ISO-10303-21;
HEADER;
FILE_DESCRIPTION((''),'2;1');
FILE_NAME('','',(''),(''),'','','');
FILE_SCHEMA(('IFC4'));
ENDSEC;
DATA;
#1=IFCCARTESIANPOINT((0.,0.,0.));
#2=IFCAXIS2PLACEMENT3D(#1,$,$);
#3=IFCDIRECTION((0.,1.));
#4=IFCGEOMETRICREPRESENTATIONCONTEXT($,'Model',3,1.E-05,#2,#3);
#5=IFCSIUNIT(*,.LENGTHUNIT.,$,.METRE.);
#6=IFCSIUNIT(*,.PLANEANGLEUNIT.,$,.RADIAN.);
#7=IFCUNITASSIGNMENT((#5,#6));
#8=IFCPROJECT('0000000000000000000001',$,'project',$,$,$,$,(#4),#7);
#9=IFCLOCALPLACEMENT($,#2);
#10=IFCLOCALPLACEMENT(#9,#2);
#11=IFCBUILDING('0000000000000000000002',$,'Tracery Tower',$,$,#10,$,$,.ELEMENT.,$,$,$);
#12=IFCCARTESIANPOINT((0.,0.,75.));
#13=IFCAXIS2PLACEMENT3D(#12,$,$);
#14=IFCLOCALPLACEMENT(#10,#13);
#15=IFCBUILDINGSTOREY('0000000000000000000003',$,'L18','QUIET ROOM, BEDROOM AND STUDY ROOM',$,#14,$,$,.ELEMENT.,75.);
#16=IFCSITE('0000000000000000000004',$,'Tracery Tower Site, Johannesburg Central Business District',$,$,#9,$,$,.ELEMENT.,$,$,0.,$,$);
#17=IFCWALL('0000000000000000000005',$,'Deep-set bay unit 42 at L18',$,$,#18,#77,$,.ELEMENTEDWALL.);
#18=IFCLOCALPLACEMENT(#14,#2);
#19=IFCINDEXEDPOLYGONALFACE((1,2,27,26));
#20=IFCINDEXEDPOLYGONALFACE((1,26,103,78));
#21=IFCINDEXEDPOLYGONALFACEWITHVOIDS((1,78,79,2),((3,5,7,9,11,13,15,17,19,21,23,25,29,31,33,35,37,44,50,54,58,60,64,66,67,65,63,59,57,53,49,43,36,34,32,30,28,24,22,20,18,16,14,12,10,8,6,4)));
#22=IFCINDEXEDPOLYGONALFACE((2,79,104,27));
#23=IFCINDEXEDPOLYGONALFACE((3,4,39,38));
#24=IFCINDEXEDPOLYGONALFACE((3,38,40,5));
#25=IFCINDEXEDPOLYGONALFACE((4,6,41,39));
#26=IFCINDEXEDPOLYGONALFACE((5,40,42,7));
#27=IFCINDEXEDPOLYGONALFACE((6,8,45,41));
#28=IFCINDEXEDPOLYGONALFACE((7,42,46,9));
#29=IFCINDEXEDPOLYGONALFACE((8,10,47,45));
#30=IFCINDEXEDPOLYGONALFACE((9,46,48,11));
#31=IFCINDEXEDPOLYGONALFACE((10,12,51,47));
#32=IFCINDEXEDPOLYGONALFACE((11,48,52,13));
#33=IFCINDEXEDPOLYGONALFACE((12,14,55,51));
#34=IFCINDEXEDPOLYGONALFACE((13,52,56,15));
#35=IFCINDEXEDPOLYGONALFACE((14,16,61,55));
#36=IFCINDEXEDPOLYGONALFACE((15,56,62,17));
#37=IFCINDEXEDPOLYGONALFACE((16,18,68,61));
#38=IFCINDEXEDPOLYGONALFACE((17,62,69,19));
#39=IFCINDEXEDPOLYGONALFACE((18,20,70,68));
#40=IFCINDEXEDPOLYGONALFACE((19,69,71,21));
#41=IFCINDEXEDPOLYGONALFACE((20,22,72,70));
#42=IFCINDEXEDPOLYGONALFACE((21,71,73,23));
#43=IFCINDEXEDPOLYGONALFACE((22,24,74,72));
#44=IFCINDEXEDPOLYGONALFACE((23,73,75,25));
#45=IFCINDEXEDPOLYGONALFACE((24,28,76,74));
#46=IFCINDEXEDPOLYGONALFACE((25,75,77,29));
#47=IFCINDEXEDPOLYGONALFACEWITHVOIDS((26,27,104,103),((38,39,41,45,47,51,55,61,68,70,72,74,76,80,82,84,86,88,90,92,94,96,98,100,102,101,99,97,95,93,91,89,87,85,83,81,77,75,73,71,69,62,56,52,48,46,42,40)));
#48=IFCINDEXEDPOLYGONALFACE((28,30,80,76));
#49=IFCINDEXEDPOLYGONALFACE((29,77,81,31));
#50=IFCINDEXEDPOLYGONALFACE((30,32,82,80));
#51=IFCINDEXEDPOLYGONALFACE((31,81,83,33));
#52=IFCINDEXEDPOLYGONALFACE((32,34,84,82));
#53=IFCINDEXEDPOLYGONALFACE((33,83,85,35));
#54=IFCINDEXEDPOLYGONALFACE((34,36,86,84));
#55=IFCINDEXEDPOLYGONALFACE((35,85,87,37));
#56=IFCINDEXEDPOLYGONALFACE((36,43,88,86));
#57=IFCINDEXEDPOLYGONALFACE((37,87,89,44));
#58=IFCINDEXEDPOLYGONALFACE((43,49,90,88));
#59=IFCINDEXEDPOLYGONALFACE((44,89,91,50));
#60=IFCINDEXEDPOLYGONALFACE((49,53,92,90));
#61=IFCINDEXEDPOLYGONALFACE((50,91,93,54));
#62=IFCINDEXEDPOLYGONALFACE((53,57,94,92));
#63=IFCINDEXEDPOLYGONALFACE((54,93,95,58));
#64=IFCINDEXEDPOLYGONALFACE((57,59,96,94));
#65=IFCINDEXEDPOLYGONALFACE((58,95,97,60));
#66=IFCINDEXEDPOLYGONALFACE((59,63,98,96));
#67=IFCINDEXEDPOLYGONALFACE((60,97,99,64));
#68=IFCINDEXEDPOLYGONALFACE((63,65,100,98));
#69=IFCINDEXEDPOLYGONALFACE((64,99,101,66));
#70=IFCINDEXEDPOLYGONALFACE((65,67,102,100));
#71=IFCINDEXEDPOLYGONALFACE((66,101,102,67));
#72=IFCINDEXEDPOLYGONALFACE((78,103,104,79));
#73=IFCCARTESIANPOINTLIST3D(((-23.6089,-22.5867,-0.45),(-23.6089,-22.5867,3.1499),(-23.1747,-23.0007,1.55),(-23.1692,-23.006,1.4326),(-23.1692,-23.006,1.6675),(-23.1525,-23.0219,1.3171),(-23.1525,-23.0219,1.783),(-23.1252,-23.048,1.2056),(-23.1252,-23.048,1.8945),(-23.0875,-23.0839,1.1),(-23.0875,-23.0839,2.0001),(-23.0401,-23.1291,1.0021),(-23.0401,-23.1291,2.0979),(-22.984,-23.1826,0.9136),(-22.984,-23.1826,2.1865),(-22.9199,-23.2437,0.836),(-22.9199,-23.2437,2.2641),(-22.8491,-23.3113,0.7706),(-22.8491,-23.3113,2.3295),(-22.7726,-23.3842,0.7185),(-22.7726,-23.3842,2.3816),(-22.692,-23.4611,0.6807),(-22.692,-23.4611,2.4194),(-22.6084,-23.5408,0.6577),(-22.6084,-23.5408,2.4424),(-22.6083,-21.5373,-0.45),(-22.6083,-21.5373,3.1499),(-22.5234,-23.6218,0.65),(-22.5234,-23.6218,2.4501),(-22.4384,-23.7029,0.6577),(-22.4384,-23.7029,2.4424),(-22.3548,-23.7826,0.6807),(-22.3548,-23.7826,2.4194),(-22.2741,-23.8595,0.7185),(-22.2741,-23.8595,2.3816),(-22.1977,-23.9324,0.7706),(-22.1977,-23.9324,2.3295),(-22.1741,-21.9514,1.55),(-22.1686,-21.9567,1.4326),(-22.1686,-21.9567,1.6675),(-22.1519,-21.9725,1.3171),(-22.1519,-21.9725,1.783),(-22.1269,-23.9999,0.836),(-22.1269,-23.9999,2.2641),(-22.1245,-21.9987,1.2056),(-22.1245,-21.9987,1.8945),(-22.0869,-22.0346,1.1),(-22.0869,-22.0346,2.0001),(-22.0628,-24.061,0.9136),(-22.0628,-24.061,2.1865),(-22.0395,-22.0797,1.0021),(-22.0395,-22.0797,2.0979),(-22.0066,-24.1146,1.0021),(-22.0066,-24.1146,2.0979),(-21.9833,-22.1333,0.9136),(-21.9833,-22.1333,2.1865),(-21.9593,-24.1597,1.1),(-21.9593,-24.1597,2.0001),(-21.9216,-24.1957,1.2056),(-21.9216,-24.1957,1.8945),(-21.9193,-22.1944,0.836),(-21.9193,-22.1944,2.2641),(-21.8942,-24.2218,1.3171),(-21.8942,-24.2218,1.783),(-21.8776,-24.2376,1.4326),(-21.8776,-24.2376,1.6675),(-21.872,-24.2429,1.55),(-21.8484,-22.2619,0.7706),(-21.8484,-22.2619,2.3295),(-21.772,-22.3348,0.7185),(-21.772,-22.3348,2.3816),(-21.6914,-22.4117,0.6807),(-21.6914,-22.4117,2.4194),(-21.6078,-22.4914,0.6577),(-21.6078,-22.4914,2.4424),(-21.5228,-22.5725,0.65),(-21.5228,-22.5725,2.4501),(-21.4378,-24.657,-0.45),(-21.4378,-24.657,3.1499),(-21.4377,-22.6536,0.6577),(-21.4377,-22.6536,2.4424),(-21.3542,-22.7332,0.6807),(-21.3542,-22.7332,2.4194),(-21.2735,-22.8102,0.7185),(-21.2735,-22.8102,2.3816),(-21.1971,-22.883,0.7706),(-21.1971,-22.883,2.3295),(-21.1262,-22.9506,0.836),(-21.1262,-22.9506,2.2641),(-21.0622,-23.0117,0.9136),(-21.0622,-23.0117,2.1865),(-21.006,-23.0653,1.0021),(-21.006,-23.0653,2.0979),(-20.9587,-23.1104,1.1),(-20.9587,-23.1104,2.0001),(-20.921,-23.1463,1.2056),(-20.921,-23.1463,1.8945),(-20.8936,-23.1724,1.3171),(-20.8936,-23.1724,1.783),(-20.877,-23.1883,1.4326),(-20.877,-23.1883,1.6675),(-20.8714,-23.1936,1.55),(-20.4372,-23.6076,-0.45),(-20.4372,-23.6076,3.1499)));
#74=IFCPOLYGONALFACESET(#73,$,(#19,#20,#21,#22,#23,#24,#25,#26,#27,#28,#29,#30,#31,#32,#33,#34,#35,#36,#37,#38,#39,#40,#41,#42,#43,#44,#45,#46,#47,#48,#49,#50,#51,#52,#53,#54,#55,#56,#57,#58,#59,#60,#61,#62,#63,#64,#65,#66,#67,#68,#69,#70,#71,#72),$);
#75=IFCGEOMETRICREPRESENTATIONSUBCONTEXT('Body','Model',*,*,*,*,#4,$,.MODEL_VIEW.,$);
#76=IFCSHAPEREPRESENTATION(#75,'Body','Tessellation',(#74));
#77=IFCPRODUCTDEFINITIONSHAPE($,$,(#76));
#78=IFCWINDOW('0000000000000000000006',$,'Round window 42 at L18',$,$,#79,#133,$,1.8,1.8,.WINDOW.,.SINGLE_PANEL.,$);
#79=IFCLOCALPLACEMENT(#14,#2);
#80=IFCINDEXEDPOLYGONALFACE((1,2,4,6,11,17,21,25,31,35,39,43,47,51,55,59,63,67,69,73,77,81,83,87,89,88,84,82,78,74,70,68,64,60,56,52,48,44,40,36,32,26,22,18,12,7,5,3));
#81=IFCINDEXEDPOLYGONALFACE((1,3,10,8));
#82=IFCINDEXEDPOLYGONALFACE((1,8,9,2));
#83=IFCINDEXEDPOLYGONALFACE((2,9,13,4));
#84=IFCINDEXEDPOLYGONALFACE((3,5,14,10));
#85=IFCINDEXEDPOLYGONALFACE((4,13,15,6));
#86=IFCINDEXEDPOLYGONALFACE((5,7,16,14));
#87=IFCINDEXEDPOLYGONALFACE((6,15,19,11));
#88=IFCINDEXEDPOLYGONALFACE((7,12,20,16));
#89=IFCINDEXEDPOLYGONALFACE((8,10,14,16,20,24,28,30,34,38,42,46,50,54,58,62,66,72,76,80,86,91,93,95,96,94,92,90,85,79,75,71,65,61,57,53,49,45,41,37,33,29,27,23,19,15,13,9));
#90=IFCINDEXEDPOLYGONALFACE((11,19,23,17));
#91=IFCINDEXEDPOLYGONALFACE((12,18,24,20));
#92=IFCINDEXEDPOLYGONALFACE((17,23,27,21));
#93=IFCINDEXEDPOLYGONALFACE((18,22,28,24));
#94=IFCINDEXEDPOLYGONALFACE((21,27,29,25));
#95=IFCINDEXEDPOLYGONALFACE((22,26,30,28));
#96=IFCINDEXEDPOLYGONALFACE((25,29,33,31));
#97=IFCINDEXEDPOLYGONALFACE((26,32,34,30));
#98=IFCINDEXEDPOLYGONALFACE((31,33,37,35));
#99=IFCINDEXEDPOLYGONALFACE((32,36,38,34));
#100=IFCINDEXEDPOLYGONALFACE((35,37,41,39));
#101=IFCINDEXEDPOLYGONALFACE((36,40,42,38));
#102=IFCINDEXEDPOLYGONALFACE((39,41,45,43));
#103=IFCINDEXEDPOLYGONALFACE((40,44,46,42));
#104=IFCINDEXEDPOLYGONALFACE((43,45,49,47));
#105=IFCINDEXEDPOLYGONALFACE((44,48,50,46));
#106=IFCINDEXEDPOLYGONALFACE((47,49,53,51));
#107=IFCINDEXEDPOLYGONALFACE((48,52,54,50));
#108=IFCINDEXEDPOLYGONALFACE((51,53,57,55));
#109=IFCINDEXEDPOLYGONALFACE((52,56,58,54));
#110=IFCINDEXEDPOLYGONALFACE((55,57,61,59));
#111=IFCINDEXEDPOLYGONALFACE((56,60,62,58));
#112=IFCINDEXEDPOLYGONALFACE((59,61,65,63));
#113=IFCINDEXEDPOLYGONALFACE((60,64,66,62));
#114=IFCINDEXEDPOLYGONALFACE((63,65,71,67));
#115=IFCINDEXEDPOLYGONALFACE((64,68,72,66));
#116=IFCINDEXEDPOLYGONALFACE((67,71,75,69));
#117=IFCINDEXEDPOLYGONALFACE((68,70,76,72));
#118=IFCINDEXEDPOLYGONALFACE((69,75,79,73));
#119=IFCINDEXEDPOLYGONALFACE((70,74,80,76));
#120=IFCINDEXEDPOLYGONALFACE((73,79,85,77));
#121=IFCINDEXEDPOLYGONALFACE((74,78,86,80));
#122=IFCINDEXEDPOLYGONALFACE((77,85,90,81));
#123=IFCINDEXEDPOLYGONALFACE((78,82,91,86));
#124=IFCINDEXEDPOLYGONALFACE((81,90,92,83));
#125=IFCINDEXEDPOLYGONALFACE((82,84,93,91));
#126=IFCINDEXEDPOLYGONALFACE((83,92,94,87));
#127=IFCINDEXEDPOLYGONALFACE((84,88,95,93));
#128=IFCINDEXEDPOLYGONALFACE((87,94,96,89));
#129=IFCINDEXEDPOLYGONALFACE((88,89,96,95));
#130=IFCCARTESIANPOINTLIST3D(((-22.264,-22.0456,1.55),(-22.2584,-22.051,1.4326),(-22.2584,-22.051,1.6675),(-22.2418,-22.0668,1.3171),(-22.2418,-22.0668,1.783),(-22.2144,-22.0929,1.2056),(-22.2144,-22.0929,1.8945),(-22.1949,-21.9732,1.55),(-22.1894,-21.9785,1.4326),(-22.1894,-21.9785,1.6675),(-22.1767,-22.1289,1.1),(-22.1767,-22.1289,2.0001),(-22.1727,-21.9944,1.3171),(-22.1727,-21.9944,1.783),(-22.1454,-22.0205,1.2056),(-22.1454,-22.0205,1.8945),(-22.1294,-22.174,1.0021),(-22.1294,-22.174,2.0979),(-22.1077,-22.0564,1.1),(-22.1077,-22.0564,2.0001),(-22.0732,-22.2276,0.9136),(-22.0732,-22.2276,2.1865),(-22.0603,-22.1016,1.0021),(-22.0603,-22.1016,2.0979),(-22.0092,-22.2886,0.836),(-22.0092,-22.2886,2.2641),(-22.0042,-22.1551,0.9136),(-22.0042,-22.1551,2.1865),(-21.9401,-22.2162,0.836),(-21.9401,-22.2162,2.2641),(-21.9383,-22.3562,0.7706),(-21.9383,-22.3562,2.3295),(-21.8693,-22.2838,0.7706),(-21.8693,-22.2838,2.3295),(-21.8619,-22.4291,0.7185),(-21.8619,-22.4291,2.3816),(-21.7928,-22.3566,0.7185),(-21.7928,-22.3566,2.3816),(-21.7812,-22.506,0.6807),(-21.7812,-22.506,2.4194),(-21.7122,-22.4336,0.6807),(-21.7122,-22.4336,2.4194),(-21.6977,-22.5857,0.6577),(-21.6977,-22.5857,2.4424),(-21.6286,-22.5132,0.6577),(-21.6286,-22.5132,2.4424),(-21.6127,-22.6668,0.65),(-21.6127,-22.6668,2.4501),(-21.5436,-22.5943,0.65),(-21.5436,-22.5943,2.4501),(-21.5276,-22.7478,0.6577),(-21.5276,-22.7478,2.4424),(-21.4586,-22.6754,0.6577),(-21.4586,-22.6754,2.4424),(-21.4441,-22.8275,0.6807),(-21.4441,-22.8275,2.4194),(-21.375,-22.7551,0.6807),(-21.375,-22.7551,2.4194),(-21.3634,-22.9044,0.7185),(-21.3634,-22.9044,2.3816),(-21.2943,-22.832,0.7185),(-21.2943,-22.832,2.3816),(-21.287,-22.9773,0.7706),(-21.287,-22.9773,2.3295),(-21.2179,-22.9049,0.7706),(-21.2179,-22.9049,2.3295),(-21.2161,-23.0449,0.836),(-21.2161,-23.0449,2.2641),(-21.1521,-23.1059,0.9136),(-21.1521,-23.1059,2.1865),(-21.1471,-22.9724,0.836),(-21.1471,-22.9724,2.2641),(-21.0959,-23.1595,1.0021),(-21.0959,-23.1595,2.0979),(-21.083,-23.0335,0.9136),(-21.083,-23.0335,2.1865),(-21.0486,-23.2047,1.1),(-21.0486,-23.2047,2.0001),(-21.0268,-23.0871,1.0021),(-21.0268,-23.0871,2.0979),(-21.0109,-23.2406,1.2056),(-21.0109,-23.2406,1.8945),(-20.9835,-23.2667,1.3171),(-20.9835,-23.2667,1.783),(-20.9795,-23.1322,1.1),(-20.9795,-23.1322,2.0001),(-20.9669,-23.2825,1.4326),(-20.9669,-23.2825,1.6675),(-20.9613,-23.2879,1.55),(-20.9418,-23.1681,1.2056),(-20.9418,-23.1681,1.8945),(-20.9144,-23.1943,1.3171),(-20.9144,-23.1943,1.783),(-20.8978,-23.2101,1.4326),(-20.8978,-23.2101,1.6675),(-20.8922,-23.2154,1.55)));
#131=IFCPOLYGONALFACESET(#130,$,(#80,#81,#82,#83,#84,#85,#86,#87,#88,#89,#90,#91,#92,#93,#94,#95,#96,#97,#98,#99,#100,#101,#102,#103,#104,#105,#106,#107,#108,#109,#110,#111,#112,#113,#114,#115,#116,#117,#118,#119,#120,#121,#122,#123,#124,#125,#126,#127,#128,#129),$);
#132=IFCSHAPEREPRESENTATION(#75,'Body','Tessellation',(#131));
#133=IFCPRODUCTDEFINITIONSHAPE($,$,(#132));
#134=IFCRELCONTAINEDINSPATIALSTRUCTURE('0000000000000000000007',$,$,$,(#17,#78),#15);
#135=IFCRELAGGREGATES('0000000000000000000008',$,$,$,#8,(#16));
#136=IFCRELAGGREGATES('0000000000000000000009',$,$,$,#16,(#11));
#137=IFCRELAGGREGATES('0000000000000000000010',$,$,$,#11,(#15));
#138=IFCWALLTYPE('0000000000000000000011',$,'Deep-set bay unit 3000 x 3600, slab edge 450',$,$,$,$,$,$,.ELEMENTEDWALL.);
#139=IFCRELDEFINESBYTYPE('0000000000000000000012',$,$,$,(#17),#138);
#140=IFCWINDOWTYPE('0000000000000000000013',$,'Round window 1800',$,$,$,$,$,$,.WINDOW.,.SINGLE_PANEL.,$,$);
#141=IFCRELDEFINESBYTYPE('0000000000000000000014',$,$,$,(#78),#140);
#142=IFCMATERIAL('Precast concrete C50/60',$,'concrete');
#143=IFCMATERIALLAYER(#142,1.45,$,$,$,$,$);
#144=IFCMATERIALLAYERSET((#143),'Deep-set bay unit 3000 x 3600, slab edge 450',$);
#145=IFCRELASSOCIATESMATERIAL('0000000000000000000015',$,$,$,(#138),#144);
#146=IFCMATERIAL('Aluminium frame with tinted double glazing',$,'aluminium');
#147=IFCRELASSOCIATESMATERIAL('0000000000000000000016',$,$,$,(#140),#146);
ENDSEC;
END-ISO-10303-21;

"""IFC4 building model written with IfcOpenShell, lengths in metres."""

from ifc_helpers import new_model, si_unit, direction, frame, frame_2d, origin, origin_2d, place, context, subcontext, project, spatial, rectangle, circle, extrude, material, layer, layer_set, type_object, element, fill, save


model = new_model("IFC4")

# Units and contexts
model_context = context("Model", 3, precision=1e-05, world=origin(), true_north=direction((0.0, 1.0)))
body_context = subcontext(model_context, "Body", "Model", "MODEL_VIEW")
ifc_project = project(units=[si_unit("LENGTHUNIT", "METRE"), si_unit("PLANEANGLEUNIT", "RADIAN")], contexts=[model_context])

# Site, building, storey
site_placement = place(None, origin())
site = spatial("IfcSite", under=ifc_project, at=site_placement, Name="Tracery Tower Site, Johannesburg Central Business District", CompositionType="ELEMENT", RefElevation=0.0)
building_placement = place(site_placement, origin())
building = spatial("IfcBuilding", under=site, at=building_placement, Name="Tracery Tower", CompositionType="ELEMENT")
storey_placement = place(building_placement, frame((0.0, 0.0, 75.0)))
storey = spatial("IfcBuildingStorey", under=building, at=storey_placement, Name="L18", Description="QUIET ROOM, BEDROOM AND STUDY ROOM", CompositionType="ELEMENT", Elevation=75.0)

# Wall, opening, window
ifc_material_1 = material(Name="Precast concrete C50/60", Category="concrete")
ifc_layer_1 = layer(ifc_material_1, 1.45)
ifc_layer_set_1 = layer_set([ifc_layer_1], Name="Deep-set bay unit 3000 x 3600, slab edge 450")
wall_type_1 = type_object("IfcWallType", Name="Deep-set bay unit 3000 x 3600, slab edge 450", PredefinedType="ELEMENTEDWALL", material=ifc_layer_set_1)
ifc_material_2 = material(Name="Aluminium frame with tinted double glazing", Category="aluminium")
window_type = type_object("IfcWindowType", Name="Round window 1800", PartitioningType="SINGLE_PANEL", PredefinedType="WINDOW", material=ifc_material_2)
wall_1_placement = place(storey_placement, frame((-23.1086, -22.062, -0.45), z_axis=(0.0, 0.0, 1.0), x_axis=(0.723712, -0.690102, 0.0)))
wall_1 = element("IfcWall", 1, at=wall_1_placement, inside=storey, type_object=wall_type_1, Name="Deep-set bay unit 42 at L18", PredefinedType="ELEMENTEDWALL", context=body_context, shape_type="SweptSolid", body=[
    extrude(rectangle(XDim=3.0, YDim=1.45, at=frame_2d((1.5, 0.0))), origin(), (0.0, 0.0, 1.0), 3.5999),
])
opening_1_placement = place(wall_1_placement, frame((1.5, 0.0, 2.0)))
opening_1 = element("IfcOpeningElement", 2, at=opening_1_placement, cuts=wall_1, PredefinedType="OPENING", context=body_context, shape_type="SweptSolid", body=[
    extrude(circle(Radius=0.9, at=origin_2d()), frame((0.0, 0.7349, 0.0), z_axis=(0.0, -1.0, 0.0), x_axis=(1.0, 0.0, 0.0)), (0.0, 0.0, 1.0), 1.47),
])
window_1_placement = place(opening_1_placement, origin())
window_1 = element("IfcWindow", 3, at=window_1_placement, inside=storey, type_object=window_type, Name="Round window 42 at L18", OverallHeight=1.8, OverallWidth=1.8, PartitioningType="SINGLE_PANEL", PredefinedType="WINDOW", context=body_context, shape_type="SweptSolid", body=[
    extrude(circle(Radius=0.9, at=origin_2d()), frame((0.0, 0.6948, 0.0), z_axis=(0.0, -1.0, 0.0), x_axis=(1.0, 0.0, 0.0)), (0.0, 0.0, 1.0), 0.1001),
])
fill(opening_1, window_1)

save(model, "model.ifc")
